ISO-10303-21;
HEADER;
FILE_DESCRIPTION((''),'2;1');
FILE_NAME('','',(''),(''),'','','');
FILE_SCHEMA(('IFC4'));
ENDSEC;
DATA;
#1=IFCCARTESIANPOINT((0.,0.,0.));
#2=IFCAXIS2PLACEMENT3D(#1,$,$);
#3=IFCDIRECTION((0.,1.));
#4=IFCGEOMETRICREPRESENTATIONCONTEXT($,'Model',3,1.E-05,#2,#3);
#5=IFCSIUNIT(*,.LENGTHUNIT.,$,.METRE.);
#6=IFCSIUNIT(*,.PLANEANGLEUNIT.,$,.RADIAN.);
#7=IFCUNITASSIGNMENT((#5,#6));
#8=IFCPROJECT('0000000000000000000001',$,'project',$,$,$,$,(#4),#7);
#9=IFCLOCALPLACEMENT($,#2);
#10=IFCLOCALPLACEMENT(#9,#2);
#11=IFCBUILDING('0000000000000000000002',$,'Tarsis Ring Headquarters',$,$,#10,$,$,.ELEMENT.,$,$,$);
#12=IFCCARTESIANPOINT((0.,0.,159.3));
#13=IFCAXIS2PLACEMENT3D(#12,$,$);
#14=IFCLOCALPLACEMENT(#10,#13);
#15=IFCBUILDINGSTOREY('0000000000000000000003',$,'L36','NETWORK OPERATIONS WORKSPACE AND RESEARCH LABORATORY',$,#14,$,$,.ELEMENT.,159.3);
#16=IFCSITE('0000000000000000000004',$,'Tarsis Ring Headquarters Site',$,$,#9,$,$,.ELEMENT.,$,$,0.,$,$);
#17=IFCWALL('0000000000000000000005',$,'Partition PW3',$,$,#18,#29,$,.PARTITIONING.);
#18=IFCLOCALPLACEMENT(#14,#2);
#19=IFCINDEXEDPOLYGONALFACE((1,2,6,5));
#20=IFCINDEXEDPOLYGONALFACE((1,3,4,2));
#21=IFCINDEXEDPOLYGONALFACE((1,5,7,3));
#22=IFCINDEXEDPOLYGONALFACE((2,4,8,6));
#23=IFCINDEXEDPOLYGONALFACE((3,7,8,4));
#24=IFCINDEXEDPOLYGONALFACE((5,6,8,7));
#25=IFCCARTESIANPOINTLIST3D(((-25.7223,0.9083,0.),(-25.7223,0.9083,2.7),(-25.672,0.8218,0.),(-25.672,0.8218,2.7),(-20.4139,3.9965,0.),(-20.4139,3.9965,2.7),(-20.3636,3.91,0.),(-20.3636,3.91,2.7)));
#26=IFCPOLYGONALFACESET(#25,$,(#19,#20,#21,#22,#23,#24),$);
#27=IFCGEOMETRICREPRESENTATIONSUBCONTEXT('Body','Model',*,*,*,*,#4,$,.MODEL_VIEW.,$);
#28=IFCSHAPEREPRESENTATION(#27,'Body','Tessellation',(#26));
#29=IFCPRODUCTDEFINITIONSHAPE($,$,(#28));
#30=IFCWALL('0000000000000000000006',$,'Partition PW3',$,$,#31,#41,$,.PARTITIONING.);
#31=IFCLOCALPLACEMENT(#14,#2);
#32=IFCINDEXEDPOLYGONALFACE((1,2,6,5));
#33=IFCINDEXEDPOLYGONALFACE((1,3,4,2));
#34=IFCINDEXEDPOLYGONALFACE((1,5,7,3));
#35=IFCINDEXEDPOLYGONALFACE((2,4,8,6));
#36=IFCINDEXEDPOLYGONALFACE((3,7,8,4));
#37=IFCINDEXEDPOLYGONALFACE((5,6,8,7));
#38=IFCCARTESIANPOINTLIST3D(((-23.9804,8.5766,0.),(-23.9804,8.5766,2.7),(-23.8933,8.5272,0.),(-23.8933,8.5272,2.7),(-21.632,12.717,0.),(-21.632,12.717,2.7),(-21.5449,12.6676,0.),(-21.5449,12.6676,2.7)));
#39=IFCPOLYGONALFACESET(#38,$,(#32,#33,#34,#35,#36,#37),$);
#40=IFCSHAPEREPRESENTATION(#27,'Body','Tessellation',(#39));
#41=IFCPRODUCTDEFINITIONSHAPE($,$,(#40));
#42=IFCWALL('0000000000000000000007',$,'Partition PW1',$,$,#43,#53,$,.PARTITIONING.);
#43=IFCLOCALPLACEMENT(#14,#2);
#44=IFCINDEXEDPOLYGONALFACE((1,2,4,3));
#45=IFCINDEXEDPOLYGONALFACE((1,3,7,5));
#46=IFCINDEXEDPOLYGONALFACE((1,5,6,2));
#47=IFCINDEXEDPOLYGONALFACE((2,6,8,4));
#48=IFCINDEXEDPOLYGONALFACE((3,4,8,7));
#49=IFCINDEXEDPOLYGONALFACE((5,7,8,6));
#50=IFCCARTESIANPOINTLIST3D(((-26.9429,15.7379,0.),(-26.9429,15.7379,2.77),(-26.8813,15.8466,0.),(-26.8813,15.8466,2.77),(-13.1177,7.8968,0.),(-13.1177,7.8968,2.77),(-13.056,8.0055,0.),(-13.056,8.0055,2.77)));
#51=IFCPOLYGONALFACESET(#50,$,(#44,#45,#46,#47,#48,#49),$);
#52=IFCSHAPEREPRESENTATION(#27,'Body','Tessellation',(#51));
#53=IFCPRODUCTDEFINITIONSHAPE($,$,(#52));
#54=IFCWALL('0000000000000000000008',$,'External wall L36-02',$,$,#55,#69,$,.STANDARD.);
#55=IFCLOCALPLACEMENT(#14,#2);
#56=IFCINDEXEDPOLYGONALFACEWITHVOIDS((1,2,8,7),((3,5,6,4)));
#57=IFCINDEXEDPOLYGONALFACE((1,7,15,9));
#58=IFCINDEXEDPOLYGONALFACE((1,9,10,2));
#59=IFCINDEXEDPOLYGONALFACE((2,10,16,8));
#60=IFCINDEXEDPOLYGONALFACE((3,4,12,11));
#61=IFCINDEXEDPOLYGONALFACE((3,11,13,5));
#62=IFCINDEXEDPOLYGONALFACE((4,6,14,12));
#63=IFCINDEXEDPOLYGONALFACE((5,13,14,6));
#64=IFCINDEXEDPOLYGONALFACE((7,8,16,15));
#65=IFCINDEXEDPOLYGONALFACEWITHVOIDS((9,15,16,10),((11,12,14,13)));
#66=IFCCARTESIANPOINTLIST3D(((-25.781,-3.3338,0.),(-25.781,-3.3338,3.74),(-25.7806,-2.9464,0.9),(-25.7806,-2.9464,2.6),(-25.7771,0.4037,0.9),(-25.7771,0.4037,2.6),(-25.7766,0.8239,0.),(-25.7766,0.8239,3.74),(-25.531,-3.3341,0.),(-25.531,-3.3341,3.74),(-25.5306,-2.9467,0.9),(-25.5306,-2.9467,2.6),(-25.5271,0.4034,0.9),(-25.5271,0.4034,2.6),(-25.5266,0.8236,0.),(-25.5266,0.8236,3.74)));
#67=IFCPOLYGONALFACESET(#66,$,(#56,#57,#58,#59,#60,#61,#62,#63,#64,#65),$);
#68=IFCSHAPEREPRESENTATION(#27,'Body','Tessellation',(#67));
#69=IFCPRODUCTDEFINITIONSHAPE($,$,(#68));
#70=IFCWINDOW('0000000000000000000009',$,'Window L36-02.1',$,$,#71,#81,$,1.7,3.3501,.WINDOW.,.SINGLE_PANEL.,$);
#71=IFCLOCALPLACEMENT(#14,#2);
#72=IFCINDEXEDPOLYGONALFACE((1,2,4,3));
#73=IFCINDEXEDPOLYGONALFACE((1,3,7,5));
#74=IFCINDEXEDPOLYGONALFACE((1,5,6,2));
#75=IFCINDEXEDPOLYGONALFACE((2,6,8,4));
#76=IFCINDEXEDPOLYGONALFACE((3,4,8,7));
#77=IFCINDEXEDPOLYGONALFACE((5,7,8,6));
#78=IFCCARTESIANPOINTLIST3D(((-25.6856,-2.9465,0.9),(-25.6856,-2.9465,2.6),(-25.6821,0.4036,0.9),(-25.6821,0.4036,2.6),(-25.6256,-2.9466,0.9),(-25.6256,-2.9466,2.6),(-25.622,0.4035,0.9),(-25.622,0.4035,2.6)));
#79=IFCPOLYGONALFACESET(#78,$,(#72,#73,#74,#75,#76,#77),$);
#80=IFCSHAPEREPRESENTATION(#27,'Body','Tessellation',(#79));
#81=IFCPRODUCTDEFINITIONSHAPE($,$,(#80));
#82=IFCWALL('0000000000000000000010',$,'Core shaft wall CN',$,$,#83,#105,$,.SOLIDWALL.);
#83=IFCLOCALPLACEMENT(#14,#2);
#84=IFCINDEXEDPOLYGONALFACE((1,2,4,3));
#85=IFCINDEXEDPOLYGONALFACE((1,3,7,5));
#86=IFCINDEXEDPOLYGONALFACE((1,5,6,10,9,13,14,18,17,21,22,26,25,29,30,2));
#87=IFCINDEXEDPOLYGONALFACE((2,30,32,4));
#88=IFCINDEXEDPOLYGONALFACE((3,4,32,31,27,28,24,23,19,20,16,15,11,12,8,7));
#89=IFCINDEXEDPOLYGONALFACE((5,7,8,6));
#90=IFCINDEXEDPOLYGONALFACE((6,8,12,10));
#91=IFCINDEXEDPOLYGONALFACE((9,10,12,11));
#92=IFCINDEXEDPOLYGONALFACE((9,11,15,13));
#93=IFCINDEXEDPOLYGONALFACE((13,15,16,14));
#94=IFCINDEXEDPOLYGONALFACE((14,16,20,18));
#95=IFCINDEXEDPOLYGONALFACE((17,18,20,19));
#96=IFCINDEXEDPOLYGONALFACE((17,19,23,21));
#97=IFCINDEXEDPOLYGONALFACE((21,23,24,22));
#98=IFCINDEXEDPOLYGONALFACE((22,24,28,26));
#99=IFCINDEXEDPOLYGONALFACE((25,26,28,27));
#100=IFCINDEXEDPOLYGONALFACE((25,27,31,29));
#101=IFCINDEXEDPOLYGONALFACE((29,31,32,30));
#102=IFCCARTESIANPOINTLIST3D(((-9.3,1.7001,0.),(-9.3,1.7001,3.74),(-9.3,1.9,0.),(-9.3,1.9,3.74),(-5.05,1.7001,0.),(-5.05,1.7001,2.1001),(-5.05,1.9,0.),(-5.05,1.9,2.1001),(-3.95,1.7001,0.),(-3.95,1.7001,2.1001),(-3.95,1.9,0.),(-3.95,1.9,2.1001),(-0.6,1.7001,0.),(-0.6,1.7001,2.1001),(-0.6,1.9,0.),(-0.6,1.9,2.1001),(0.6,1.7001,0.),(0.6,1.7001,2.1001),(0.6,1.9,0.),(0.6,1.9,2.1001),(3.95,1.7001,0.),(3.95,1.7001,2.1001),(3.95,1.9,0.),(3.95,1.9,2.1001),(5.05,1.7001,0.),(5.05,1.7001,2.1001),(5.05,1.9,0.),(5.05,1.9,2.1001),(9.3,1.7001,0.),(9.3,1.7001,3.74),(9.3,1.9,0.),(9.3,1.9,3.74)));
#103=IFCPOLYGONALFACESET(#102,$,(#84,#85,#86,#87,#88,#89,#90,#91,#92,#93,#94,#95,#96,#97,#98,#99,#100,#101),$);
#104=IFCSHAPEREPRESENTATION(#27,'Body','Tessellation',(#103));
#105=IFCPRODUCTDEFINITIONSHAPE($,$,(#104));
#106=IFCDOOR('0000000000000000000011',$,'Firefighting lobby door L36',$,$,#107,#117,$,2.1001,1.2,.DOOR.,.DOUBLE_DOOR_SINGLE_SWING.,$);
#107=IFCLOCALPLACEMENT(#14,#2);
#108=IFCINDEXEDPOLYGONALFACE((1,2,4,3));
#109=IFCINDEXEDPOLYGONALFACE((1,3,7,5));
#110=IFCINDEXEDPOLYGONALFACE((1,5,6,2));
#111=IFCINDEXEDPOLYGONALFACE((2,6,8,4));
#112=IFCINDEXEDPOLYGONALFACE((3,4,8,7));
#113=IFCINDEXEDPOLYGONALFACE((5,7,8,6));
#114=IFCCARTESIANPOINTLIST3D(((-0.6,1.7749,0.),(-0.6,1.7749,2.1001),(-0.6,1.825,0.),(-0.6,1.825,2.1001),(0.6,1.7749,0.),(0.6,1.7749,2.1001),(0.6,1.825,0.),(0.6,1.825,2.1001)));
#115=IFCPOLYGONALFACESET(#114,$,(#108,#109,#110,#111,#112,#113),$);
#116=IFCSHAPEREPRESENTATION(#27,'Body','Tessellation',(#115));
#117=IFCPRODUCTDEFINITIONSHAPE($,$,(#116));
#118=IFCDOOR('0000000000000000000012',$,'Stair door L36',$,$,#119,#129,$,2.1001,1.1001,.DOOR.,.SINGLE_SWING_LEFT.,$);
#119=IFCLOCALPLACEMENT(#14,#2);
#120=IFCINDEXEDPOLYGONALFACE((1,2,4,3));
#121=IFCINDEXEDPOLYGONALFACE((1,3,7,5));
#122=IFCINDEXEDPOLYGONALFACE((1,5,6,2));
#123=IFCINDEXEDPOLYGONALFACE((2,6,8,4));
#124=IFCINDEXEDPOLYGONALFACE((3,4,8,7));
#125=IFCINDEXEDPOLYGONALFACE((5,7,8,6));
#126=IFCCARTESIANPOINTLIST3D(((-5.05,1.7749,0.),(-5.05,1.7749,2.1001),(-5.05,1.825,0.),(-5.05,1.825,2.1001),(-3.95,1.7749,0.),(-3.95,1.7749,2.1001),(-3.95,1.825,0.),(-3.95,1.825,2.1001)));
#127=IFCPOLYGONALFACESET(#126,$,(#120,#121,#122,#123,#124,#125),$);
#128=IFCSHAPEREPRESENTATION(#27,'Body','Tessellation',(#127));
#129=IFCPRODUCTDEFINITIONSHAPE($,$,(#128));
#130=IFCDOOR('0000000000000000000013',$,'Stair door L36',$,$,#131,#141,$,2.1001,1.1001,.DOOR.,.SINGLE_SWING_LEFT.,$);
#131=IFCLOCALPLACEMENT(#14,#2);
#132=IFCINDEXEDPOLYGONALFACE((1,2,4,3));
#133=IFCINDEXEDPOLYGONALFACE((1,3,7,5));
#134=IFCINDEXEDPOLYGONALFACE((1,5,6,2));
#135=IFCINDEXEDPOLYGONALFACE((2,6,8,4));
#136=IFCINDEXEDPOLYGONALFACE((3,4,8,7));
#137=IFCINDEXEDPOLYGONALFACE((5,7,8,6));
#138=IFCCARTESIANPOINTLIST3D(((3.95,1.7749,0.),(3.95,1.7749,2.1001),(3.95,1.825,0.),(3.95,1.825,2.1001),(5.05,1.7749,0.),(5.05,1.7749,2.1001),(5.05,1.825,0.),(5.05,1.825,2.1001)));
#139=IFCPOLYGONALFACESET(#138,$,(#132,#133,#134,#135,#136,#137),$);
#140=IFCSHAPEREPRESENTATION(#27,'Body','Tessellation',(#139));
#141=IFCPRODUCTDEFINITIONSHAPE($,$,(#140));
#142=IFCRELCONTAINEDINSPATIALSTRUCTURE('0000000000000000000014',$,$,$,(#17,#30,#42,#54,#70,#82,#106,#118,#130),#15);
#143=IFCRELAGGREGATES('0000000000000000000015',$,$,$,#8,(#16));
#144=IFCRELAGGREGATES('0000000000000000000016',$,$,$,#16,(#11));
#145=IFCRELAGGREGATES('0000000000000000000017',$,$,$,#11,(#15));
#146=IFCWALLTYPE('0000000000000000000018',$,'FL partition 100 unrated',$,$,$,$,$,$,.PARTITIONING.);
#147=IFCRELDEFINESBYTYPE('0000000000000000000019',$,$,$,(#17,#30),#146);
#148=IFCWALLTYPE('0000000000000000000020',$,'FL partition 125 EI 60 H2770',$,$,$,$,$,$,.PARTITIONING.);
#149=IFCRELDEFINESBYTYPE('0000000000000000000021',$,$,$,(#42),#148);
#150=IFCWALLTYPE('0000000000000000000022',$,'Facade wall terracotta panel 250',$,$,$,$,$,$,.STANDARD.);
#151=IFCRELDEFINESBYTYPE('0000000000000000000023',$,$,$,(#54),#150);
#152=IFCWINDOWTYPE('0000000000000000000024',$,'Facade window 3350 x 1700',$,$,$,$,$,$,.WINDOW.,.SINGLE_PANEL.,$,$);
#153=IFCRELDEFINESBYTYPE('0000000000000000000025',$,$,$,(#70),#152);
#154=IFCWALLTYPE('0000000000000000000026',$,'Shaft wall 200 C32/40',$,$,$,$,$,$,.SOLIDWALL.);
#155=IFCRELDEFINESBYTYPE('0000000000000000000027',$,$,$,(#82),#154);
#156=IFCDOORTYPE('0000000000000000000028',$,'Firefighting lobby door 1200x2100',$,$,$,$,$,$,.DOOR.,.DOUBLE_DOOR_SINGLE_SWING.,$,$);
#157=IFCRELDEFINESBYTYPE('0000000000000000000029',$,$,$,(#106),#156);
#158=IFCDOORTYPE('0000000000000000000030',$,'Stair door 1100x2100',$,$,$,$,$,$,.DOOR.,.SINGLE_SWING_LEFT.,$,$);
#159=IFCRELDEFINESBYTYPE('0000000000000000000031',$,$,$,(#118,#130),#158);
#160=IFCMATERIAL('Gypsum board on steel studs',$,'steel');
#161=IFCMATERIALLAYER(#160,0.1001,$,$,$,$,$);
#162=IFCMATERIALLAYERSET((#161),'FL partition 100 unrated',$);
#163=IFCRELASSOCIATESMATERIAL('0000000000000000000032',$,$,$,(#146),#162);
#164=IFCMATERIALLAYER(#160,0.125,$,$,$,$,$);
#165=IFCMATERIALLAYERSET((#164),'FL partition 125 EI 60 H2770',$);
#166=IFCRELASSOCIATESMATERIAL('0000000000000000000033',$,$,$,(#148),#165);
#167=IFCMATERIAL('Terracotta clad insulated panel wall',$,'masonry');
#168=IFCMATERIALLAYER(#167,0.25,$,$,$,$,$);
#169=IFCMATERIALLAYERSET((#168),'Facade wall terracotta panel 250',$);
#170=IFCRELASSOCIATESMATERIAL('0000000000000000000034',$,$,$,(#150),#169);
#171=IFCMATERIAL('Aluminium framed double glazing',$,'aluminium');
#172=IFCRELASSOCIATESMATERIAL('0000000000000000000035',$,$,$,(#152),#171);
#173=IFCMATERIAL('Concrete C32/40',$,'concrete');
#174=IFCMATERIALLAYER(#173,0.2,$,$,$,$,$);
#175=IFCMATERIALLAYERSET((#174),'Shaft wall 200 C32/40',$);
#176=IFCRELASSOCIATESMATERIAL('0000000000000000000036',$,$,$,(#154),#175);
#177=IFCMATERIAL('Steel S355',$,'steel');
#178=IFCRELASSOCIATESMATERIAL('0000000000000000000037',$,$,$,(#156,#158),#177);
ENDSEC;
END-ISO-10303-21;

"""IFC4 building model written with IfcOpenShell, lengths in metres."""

from ifc_helpers import new_model, si_unit, direction, frame, frame_2d, origin, place, context, subcontext, project, spatial, rectangle, extrude, material, layer, layer_set, type_object, element, fill, save


model = new_model("IFC4")

# Units and contexts
model_context = context("Model", 3, precision=1e-05, world=origin(), true_north=direction((0.0, 1.0)))
body_context = subcontext(model_context, "Body", "Model", "MODEL_VIEW")
ifc_project = project(units=[si_unit("LENGTHUNIT", "METRE"), si_unit("PLANEANGLEUNIT", "RADIAN")], contexts=[model_context])

# Site, building, storey
site_placement = place(None, origin())
site = spatial("IfcSite", under=ifc_project, at=site_placement, Name="Tarsis Ring Headquarters Site", CompositionType="ELEMENT", RefElevation=0.0)
building_placement = place(site_placement, origin())
building = spatial("IfcBuilding", under=site, at=building_placement, Name="Tarsis Ring Headquarters", CompositionType="ELEMENT")
storey_placement = place(building_placement, frame((0.0, 0.0, 159.3)))
storey = spatial("IfcBuildingStorey", under=building, at=storey_placement, Name="L36", Description="NETWORK OPERATIONS WORKSPACE AND RESEARCH LABORATORY", CompositionType="ELEMENT", Elevation=159.3)

# Shared definitions
ifc_material_1 = material(Name="Steel S355", Category="steel")

# Walls
ifc_material_2 = material(Name="Gypsum board on steel studs", Category="steel")
ifc_layer_1 = layer(ifc_material_2, 0.1001)
ifc_layer_set_1 = layer_set([ifc_layer_1], Name="FL partition 100 unrated")
wall_type_1 = type_object("IfcWallType", Name="FL partition 100 unrated", PredefinedType="PARTITIONING", material=ifc_layer_set_1)
wall_1_placement = place(storey_placement, frame((-25.6973, 0.865, 0.0), z_axis=(0.0, 0.0, 1.0), x_axis=(0.864374, 0.50285, 0.0)))
element("IfcWall", 1, at=wall_1_placement, inside=storey, type_object=wall_type_1, Name="Partition PW3", PredefinedType="PARTITIONING", context=body_context, shape_type="SweptSolid", body=[
    extrude(rectangle(XDim=6.1414, YDim=0.1001, at=frame_2d((3.0708, 0.0))), origin(), (0.0, 0.0, 1.0), 2.7),
])
wall_2_placement = place(storey_placement, frame((-23.9368, 8.552, 0.0), z_axis=(0.0, 0.0, 1.0), x_axis=(0.493358, 0.869826, 0.0)))
element("IfcWall", 2, at=wall_2_placement, inside=storey, type_object=wall_type_1, Name="Partition PW3", PredefinedType="PARTITIONING", context=body_context, shape_type="SweptSolid", body=[
    extrude(rectangle(XDim=4.76, YDim=0.1001, at=frame_2d((2.3799, 0.0))), origin(), (0.0, 0.0, 1.0), 2.7),
])
ifc_layer_2 = layer(ifc_material_2, 0.125)
ifc_layer_set_2 = layer_set([ifc_layer_2], Name="FL partition 125 EI 60 H2770")
wall_type_2 = type_object("IfcWallType", Name="FL partition 125 EI 60 H2770", PredefinedType="PARTITIONING", material=ifc_layer_set_2)
wall_3_placement = place(storey_placement, frame((-26.9121, 15.7922, 0.0), z_axis=(0.0, 0.0, 1.0), x_axis=(0.869839, -0.493336, 0.0)))
element("IfcWall", 3, at=wall_3_placement, inside=storey, type_object=wall_type_2, Name="Partition PW1", PredefinedType="PARTITIONING", context=body_context, shape_type="SweptSolid", body=[
    extrude(rectangle(XDim=15.894, YDim=0.125, at=frame_2d((7.947, 0.0))), origin(), (0.0, 0.0, 1.0), 2.77),
])

# Wall, opening, window
ifc_material_3 = material(Name="Terracotta clad insulated panel wall", Category="masonry")
ifc_layer_3 = layer(ifc_material_3, 0.25)
ifc_layer_set_3 = layer_set([ifc_layer_3], Name="Facade wall terracotta panel 250")
wall_type_3 = type_object("IfcWallType", Name="Facade wall terracotta panel 250", PredefinedType="STANDARD", material=ifc_layer_set_3)
wall_4_placement = place(storey_placement, frame((-25.6516, 0.8237, 0.0), z_axis=(0.0, 0.0, 1.0), x_axis=(-0.001057, -0.999999, 0.0)))
wall_4 = element("IfcWall", 4, at=wall_4_placement, inside=storey, type_object=wall_type_3, Name="External wall L36-02", PredefinedType="STANDARD", context=body_context, shape_type="SweptSolid", body=[
    extrude(rectangle(XDim=4.1577, YDim=0.25, at=frame_2d((2.0789, 0.0))), origin(), (0.0, 0.0, 1.0), 3.74),
])
opening_1_placement = place(wall_4_placement, frame((0.4202, 0.0, 0.8999)))
opening_1 = element("IfcOpeningElement", 5, at=opening_1_placement, cuts=wall_4, PredefinedType="OPENING", context=body_context, shape_type="SweptSolid", body=[
    extrude(rectangle(XDim=3.3501, YDim=1.7, at=frame_2d((1.675, 0.8501))), frame((0.0, 0.135, 0.0), z_axis=(0.0, -1.0, 0.0), x_axis=(1.0, 0.0, 0.0)), (0.0, 0.0, 1.0), 0.27),
])
ifc_material_4 = material(Name="Aluminium framed double glazing", Category="aluminium")
window_type = type_object("IfcWindowType", Name="Facade window 3350 x 1700", PartitioningType="SINGLE_PANEL", PredefinedType="WINDOW", material=ifc_material_4)
window_placement = place(opening_1_placement, origin())
window = element("IfcWindow", 6, at=window_placement, inside=storey, type_object=window_type, Name="Window L36-02.1", OverallHeight=1.7, OverallWidth=3.3501, PartitioningType="SINGLE_PANEL", PredefinedType="WINDOW", context=body_context, shape_type="SweptSolid", body=[
    extrude(rectangle(XDim=3.3501, YDim=1.7, at=frame_2d((1.675, 0.8501))), frame((0.0, 0.03, 0.0), z_axis=(0.0, -1.0, 0.0), x_axis=(1.0, 0.0, 0.0)), (0.0, 0.0, 1.0), 0.0601),
])
fill(opening_1, window)

# Wall, openings, doors
ifc_material_5 = material(Name="Concrete C32/40", Category="concrete")
ifc_layer_4 = layer(ifc_material_5, 0.2)
ifc_layer_set_4 = layer_set([ifc_layer_4], Name="Shaft wall 200 C32/40")
wall_type_4 = type_object("IfcWallType", Name="Shaft wall 200 C32/40", PredefinedType="SOLIDWALL", material=ifc_layer_set_4)
wall_5_placement = place(storey_placement, frame((-9.3, 1.8, 0.0), z_axis=(0.0, 0.0, 1.0), x_axis=(1.0, 0.0, 0.0)))
wall_5 = element("IfcWall", 7, at=wall_5_placement, inside=storey, type_object=wall_type_4, Name="Core shaft wall CN", PredefinedType="SOLIDWALL", context=body_context, shape_type="SweptSolid", body=[
    extrude(rectangle(XDim=18.6001, YDim=0.2, at=frame_2d((9.3, 0.0))), origin(), (0.0, 0.0, 1.0), 3.74),
])
opening_2_placement = place(wall_5_placement, frame((4.25, 0.0, 0.0)))
opening_2 = element("IfcOpeningElement", 8, at=opening_2_placement, cuts=wall_5, PredefinedType="OPENING", context=body_context, shape_type="SweptSolid", body=[
    extrude(rectangle(XDim=1.1001, YDim=2.1001, at=frame_2d((0.55, 1.05))), frame((0.0, 0.1099, 0.0), z_axis=(0.0, -1.0, 0.0), x_axis=(1.0, 0.0, 0.0)), (0.0, 0.0, 1.0), 0.22),
])
opening_3_placement = place(wall_5_placement, frame((8.7, 0.0, 0.0)))
opening_3 = element("IfcOpeningElement", 9, at=opening_3_placement, cuts=wall_5, PredefinedType="OPENING", context=body_context, shape_type="SweptSolid", body=[
    extrude(rectangle(XDim=1.2, YDim=2.1001, at=frame_2d((0.6001, 1.05))), frame((0.0, 0.1099, 0.0), z_axis=(0.0, -1.0, 0.0), x_axis=(1.0, 0.0, 0.0)), (0.0, 0.0, 1.0), 0.22),
])
opening_4_placement = place(wall_5_placement, frame((13.25, 0.0, 0.0)))
opening_4 = element("IfcOpeningElement", 10, at=opening_4_placement, cuts=wall_5, PredefinedType="OPENING", context=body_context, shape_type="SweptSolid", body=[
    extrude(rectangle(XDim=1.1001, YDim=2.1001, at=frame_2d((0.55, 1.05))), frame((0.0, 0.1099, 0.0), z_axis=(0.0, -1.0, 0.0), x_axis=(1.0, 0.0, 0.0)), (0.0, 0.0, 1.0), 0.22),
])
door_type_1 = type_object("IfcDoorType", Name="Firefighting lobby door 1200x2100", OperationType="DOUBLE_DOOR_SINGLE_SWING", PredefinedType="DOOR", material=ifc_material_1)
door_1_placement = place(opening_3_placement, origin())
door_1 = element("IfcDoor", 11, at=door_1_placement, inside=storey, type_object=door_type_1, Name="Firefighting lobby door L36", OperationType="DOUBLE_DOOR_SINGLE_SWING", OverallHeight=2.1001, OverallWidth=1.2, PredefinedType="DOOR", context=body_context, shape_type="SweptSolid", body=[
    extrude(rectangle(XDim=1.2, YDim=2.1001, at=frame_2d((0.6001, 1.05))), frame((0.0, 0.0249, 0.0), z_axis=(0.0, -1.0, 0.0), x_axis=(1.0, 0.0, 0.0)), (0.0, 0.0, 1.0), 0.05),
])
fill(opening_3, door_1)
door_type_2 = type_object("IfcDoorType", Name="Stair door 1100x2100", OperationType="SINGLE_SWING_LEFT", PredefinedType="DOOR", material=ifc_material_1)
door_2_placement = place(opening_2_placement, origin())
door_2 = element("IfcDoor", 12, at=door_2_placement, inside=storey, type_object=door_type_2, Name="Stair door L36", OperationType="SINGLE_SWING_LEFT", OverallHeight=2.1001, OverallWidth=1.1001, PredefinedType="DOOR", context=body_context, shape_type="SweptSolid", body=[
    extrude(rectangle(XDim=1.1001, YDim=2.1001, at=frame_2d((0.55, 1.05))), frame((0.0, 0.0249, 0.0), z_axis=(0.0, -1.0, 0.0), x_axis=(1.0, 0.0, 0.0)), (0.0, 0.0, 1.0), 0.05),
])
fill(opening_2, door_2)
door_3_placement = place(opening_4_placement, origin())
door_3 = element("IfcDoor", 13, at=door_3_placement, inside=storey, type_object=door_type_2, Name="Stair door L36", OperationType="SINGLE_SWING_LEFT", OverallHeight=2.1001, OverallWidth=1.1001, PredefinedType="DOOR", context=body_context, shape_type="SweptSolid", body=[
    extrude(rectangle(XDim=1.1001, YDim=2.1001, at=frame_2d((0.55, 1.05))), frame((0.0, 0.0249, 0.0), z_axis=(0.0, -1.0, 0.0), x_axis=(1.0, 0.0, 0.0)), (0.0, 0.0, 1.0), 0.05),
])
fill(opening_4, door_3)

save(model, "model.ifc")
